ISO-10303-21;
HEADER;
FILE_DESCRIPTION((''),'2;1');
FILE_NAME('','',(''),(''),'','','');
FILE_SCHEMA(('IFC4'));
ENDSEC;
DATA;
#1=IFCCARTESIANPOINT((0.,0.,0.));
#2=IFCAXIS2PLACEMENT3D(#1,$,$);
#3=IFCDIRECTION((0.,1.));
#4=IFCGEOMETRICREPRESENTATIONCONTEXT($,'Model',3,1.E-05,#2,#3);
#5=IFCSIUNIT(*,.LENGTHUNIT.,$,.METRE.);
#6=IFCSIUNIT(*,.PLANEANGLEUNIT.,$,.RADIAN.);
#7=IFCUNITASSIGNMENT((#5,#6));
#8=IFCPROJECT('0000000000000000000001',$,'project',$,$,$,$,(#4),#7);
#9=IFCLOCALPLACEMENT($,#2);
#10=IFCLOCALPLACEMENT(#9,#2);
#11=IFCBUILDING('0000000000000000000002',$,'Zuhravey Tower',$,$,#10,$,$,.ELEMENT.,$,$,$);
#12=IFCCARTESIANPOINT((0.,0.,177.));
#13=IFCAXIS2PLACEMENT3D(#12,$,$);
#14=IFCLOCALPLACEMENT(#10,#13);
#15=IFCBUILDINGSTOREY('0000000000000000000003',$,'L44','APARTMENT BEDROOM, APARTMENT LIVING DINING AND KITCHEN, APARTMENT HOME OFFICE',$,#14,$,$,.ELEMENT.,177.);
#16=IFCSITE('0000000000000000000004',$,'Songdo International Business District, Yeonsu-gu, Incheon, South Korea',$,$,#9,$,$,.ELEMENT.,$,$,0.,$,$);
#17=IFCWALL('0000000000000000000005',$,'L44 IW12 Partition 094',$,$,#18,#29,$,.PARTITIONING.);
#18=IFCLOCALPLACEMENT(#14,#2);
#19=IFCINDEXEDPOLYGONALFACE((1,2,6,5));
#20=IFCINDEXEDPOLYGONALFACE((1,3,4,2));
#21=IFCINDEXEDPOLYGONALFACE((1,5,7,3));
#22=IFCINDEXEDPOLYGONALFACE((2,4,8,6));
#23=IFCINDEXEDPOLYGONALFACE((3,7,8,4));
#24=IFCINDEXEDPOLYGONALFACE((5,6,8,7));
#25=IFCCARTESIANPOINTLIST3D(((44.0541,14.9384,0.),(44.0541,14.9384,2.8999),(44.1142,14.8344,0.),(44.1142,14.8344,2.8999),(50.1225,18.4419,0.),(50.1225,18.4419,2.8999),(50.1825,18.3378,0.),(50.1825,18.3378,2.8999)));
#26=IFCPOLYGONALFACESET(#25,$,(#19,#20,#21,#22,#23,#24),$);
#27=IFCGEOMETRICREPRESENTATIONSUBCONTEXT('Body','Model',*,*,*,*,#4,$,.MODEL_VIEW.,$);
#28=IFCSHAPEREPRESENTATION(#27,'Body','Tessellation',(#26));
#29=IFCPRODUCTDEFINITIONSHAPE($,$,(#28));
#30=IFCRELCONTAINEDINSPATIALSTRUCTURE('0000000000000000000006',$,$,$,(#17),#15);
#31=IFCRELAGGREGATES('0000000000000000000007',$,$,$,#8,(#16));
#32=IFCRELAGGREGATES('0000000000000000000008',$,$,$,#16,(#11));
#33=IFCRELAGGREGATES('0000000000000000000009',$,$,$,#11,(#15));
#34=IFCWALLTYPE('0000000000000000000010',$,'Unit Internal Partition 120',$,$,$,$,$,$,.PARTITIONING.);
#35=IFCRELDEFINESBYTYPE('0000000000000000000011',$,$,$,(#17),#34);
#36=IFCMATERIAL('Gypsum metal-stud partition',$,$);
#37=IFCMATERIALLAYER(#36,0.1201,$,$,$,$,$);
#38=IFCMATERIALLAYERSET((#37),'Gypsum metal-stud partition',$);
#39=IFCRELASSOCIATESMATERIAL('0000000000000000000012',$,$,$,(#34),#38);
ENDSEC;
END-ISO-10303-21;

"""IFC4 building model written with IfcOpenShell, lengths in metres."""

from ifc_helpers import new_model, si_unit, direction, frame, frame_2d, origin, place, context, subcontext, project, spatial, rectangle, extrude, material, layer, layer_set, type_object, element, save


model = new_model("IFC4")

# Units and contexts
model_context = context("Model", 3, precision=1e-05, world=origin(), true_north=direction((0.0, 1.0)))
body_context = subcontext(model_context, "Body", "Model", "MODEL_VIEW")
ifc_project = project(units=[si_unit("LENGTHUNIT", "METRE"), si_unit("PLANEANGLEUNIT", "RADIAN")], contexts=[model_context])

# Site, building, storey
site_placement = place(None, origin())
site = spatial("IfcSite", under=ifc_project, at=site_placement, Name="Songdo International Business District, Yeonsu-gu, Incheon, South Korea", CompositionType="ELEMENT", RefElevation=0.0)
building_placement = place(site_placement, origin())
building = spatial("IfcBuilding", under=site, at=building_placement, Name="Zuhravey Tower", CompositionType="ELEMENT")
storey_placement = place(building_placement, frame((0.0, 0.0, 177.0)))
storey = spatial("IfcBuildingStorey", under=building, at=storey_placement, Name="L44", Description="APARTMENT BEDROOM, APARTMENT LIVING DINING AND KITCHEN, APARTMENT HOME OFFICE", CompositionType="ELEMENT", Elevation=177.0)

# Shared definitions
ifc_material_1 = material(Name="Gypsum metal-stud partition")
ifc_layer_1 = layer(ifc_material_1, 0.1201)
ifc_layer_set_1 = layer_set([ifc_layer_1], Name="Gypsum metal-stud partition")
wall_type_1 = type_object("IfcWallType", Name="Unit Internal Partition 120", PredefinedType="PARTITIONING", material=ifc_layer_set_1)

# Wall
wall_1_placement = place(storey_placement, frame((44.0842, 14.8865, 0.0), z_axis=(0.0, 0.0, 1.0), x_axis=(0.866035, 0.499984, 0.0)))
element("IfcWall", 1, at=wall_1_placement, inside=storey, type_object=wall_type_1, Name="L44 IW12 Partition 094", PredefinedType="PARTITIONING", context=body_context, shape_type="SweptSolid", body=[
    extrude(rectangle(XDim=7.0071, YDim=0.1201, at=frame_2d((3.5034, 0.0))), origin(), (0.0, 0.0, 1.0), 2.8999),
])

save(model, "model.ifc")
